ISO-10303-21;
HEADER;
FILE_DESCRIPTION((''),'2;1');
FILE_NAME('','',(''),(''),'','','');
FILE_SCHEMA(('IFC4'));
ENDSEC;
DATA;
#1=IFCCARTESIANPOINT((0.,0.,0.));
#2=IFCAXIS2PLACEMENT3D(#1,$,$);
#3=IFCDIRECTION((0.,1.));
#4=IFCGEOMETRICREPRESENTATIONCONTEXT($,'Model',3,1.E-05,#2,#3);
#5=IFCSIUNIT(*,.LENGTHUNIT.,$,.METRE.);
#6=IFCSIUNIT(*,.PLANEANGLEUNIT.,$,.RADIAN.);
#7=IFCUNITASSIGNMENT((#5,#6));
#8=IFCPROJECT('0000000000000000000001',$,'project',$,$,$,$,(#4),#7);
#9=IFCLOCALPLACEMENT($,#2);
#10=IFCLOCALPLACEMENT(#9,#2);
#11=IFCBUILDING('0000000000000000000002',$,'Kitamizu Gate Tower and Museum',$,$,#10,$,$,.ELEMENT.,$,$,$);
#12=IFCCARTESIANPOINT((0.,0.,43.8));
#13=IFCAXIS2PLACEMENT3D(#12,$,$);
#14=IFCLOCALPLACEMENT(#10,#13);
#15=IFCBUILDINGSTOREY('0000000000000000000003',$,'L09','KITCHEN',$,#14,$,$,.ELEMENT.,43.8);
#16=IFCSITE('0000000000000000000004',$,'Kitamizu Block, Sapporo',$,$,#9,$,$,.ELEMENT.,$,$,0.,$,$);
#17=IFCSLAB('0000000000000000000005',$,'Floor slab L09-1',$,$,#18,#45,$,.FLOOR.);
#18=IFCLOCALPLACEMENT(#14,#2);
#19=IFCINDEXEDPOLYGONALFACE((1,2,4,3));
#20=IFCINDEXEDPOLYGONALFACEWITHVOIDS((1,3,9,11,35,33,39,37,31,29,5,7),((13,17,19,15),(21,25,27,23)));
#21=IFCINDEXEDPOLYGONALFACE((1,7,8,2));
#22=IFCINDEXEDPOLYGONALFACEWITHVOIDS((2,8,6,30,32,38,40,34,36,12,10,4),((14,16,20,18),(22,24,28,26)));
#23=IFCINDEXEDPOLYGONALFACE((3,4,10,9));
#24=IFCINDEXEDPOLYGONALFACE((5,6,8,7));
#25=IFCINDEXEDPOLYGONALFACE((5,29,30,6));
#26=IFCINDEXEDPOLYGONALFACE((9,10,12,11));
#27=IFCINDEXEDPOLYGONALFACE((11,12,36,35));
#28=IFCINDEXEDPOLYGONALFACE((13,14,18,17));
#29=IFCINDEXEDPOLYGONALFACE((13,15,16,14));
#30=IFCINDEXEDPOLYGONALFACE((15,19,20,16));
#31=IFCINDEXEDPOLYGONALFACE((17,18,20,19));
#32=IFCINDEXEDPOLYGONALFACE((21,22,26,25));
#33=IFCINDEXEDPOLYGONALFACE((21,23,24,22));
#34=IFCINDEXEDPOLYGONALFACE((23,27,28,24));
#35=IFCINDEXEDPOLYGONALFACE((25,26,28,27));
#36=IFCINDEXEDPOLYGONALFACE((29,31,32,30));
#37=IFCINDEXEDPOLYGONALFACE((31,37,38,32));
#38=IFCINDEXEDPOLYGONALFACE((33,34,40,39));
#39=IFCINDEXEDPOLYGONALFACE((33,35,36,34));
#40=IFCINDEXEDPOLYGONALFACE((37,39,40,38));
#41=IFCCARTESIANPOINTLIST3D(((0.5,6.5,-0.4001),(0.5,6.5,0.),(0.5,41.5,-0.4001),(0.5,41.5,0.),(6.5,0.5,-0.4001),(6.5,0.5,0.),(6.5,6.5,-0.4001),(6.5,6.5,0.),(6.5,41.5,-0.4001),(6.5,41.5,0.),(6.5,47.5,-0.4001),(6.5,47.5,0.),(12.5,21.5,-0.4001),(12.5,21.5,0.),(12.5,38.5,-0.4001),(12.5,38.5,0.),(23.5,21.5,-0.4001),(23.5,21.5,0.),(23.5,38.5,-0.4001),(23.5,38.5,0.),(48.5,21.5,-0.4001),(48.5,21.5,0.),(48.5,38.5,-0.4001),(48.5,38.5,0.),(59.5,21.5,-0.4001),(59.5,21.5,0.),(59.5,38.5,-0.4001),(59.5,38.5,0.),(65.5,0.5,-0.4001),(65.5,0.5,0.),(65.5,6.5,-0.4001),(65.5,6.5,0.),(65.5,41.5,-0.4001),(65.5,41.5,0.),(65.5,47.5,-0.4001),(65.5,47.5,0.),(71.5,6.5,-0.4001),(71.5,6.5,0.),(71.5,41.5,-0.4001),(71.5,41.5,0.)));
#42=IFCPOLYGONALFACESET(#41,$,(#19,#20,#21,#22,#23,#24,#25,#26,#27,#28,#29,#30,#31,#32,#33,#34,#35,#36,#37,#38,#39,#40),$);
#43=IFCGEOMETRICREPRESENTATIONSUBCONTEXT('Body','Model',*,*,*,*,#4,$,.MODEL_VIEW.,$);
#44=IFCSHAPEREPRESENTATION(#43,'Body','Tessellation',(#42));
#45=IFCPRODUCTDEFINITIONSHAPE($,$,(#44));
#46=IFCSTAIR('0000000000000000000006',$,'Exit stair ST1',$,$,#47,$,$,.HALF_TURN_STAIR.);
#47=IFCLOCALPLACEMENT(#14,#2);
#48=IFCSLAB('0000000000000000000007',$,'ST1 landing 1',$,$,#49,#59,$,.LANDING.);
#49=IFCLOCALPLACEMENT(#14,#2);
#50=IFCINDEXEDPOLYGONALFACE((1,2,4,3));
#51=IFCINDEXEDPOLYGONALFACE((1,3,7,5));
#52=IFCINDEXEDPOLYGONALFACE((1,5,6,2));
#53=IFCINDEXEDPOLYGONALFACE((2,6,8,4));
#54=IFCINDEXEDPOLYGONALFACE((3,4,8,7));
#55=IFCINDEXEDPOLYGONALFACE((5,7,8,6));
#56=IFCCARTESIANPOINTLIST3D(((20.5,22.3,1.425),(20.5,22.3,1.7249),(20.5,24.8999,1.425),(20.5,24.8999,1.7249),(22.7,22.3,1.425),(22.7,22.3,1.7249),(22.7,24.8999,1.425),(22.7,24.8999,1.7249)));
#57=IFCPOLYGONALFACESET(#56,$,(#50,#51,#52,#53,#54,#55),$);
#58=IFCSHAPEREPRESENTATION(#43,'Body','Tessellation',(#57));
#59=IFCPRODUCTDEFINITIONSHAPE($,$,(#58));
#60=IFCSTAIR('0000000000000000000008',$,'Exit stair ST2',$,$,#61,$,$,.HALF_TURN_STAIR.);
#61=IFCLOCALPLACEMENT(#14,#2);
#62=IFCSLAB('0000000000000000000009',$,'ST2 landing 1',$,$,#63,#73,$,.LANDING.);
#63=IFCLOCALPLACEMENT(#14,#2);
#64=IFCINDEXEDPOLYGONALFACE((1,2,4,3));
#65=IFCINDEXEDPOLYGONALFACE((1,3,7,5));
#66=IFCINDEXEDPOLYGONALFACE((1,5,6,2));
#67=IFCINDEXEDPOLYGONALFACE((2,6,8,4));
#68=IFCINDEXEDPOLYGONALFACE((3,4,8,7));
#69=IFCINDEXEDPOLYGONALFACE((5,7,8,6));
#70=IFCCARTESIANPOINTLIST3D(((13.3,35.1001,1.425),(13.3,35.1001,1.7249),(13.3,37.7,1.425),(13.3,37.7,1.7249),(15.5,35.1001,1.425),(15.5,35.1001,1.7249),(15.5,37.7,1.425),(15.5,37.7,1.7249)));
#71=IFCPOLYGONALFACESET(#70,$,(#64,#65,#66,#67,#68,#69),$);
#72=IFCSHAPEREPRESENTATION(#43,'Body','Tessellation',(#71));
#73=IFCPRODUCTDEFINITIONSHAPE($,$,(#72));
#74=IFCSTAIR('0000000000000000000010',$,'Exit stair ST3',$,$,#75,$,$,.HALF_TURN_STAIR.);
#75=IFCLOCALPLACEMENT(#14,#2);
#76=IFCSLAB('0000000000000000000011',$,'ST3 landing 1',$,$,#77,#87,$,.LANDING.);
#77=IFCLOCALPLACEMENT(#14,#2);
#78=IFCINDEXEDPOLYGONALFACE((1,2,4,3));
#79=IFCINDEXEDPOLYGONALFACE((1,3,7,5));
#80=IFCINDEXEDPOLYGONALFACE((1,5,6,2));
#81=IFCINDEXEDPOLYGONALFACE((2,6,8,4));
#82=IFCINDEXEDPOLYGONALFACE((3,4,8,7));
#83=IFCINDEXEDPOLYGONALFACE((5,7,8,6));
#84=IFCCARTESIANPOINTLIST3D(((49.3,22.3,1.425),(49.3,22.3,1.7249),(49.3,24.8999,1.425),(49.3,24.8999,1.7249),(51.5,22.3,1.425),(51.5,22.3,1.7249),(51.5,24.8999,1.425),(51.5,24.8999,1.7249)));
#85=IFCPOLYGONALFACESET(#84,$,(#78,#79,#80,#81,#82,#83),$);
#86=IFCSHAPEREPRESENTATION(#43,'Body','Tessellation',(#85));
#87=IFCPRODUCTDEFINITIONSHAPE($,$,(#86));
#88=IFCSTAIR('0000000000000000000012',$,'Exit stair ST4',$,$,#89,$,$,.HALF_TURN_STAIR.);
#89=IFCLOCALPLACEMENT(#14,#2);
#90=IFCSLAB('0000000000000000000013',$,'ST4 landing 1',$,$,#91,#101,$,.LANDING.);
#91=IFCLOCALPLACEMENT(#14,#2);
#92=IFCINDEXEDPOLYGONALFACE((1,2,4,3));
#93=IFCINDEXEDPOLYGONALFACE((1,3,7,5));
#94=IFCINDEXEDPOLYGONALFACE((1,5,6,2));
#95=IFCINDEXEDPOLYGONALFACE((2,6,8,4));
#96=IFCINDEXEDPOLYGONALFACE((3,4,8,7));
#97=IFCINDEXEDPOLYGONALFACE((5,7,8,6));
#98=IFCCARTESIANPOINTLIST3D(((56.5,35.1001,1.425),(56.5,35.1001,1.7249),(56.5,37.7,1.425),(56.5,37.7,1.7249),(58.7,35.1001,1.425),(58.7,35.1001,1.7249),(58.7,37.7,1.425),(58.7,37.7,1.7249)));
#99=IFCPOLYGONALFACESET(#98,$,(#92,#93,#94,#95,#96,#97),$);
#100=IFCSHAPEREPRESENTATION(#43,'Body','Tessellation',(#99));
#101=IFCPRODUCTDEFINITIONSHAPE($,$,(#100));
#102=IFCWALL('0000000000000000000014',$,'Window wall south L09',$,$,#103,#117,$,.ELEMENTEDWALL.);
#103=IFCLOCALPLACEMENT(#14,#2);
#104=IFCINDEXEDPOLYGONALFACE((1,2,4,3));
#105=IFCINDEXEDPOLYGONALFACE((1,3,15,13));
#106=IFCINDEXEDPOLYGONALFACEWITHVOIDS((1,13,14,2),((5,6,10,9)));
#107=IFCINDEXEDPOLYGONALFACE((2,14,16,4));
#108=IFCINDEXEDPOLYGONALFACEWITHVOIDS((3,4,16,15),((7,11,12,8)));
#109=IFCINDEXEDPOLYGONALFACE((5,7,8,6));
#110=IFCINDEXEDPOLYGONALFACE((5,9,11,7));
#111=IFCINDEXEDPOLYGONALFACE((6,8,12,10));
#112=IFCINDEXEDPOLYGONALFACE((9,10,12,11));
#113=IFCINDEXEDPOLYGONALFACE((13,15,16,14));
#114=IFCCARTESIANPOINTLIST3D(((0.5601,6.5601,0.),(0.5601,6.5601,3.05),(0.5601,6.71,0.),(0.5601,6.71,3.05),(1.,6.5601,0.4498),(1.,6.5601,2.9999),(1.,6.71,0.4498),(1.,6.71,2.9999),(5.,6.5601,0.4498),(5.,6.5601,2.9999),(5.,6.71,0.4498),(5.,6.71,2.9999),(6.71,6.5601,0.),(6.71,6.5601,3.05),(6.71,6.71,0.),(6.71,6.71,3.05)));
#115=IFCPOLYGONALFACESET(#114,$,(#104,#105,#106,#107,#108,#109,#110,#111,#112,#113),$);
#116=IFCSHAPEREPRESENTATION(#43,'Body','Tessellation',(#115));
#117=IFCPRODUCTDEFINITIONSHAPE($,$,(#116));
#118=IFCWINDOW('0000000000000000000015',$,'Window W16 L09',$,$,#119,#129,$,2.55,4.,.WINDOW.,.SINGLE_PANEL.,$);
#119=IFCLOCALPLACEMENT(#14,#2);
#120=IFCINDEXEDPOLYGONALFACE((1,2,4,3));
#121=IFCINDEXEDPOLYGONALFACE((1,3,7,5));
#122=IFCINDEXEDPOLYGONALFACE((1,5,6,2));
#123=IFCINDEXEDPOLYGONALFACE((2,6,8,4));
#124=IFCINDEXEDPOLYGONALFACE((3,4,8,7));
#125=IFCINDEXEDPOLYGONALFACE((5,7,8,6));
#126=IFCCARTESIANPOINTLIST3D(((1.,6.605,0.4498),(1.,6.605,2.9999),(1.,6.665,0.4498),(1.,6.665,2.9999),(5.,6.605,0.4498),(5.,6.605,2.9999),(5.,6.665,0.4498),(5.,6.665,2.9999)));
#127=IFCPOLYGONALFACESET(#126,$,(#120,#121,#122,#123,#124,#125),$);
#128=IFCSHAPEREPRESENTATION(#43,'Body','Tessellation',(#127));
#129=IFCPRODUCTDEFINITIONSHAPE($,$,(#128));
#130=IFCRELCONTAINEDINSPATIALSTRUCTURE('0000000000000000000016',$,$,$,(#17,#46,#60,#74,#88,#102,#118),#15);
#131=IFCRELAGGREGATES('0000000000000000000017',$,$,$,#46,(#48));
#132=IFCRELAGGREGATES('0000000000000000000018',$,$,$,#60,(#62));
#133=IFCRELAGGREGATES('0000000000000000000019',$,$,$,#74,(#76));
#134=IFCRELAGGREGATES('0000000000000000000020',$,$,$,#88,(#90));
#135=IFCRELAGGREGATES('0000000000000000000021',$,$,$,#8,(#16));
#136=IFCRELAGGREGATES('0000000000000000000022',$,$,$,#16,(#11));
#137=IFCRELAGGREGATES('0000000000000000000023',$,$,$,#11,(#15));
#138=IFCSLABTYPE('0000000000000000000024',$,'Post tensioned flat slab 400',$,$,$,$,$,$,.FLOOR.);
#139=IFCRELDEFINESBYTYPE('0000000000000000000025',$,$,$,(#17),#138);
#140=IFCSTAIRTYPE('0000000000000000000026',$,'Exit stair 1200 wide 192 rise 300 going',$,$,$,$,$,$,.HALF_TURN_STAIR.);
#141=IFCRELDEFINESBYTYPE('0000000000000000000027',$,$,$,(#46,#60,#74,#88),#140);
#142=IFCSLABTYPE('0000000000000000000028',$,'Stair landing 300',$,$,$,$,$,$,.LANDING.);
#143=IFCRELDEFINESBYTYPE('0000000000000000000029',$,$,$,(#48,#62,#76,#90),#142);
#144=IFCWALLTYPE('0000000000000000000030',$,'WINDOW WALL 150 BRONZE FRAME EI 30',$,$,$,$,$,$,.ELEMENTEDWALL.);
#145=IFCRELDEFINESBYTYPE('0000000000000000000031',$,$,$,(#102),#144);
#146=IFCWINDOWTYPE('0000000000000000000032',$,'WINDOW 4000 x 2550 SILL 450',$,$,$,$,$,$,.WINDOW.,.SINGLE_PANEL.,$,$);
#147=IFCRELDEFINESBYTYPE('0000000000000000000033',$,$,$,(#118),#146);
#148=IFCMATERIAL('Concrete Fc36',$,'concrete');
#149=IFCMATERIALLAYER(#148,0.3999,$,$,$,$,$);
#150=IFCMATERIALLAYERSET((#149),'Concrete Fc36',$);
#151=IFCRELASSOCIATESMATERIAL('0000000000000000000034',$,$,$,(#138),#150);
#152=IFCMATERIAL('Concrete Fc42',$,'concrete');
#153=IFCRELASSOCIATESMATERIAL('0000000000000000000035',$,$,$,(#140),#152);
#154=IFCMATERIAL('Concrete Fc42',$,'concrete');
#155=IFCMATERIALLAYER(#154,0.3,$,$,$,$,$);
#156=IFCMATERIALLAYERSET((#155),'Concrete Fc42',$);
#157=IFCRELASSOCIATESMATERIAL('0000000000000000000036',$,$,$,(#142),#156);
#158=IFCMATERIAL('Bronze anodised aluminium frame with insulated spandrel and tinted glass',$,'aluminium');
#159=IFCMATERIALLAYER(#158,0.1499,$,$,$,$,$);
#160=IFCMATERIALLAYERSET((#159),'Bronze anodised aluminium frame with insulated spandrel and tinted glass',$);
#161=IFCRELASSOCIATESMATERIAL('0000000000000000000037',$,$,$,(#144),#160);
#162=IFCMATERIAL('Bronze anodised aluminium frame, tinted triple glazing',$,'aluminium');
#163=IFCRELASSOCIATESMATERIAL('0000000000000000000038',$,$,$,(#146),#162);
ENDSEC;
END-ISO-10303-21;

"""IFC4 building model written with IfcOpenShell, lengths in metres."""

from ifc_helpers import new_model, si_unit, direction, frame, frame_2d, origin, place, context, subcontext, project, spatial, polyline, rectangle, outline, extrude, material, layer, layer_set, type_object, element, fill, aggregate, save


model = new_model("IFC4")

# Units and contexts
model_context = context("Model", 3, precision=1e-05, world=origin(), true_north=direction((0.0, 1.0)))
body_context = subcontext(model_context, "Body", "Model", "MODEL_VIEW")
ifc_project = project(units=[si_unit("LENGTHUNIT", "METRE"), si_unit("PLANEANGLEUNIT", "RADIAN")], contexts=[model_context])

# Site, building, storey
site_placement = place(None, origin())
site = spatial("IfcSite", under=ifc_project, at=site_placement, Name="Kitamizu Block, Sapporo", CompositionType="ELEMENT", RefElevation=0.0)
building_placement = place(site_placement, origin())
building = spatial("IfcBuilding", under=site, at=building_placement, Name="Kitamizu Gate Tower and Museum", CompositionType="ELEMENT")
storey_placement = place(building_placement, frame((0.0, 0.0, 43.8)))
storey = spatial("IfcBuildingStorey", under=building, at=storey_placement, Name="L09", Description="KITCHEN", CompositionType="ELEMENT", Elevation=43.8)

# Slab
ifc_material_1 = material(Name="Concrete Fc36", Category="concrete")
ifc_layer_1 = layer(ifc_material_1, 0.3999)
ifc_layer_set_1 = layer_set([ifc_layer_1], Name="Concrete Fc36")
slab_type_1 = type_object("IfcSlabType", Name="Post tensioned flat slab 400", PredefinedType="FLOOR", material=ifc_layer_set_1)
slab_1_placement = place(storey_placement, frame((0.0, 0.0, -0.4001)))
element("IfcSlab", 1, at=slab_1_placement, inside=storey, type_object=slab_type_1, Name="Floor slab L09-1", PredefinedType="FLOOR", context=body_context, shape_type="SweptSolid", body=[
    extrude(outline(polyline([(0.5, 6.5), (0.5, 41.5), (6.5, 41.5), (6.5, 47.5), (65.5, 47.5), (65.5, 41.5), (71.5, 41.5), (71.5, 6.5), (65.5, 6.5), (65.5, 0.5), (6.5, 0.5), (6.5, 6.5), (0.5, 6.5)]), holes=[polyline([(59.5, 38.5), (48.5, 38.5), (48.5, 21.5), (59.5, 21.5), (59.5, 38.5)]), polyline([(12.5, 38.5), (12.5, 21.5), (23.5, 21.5), (23.5, 38.5), (12.5, 38.5)])]), origin(), (0.0, 0.0, 1.0), 0.4001),
])

# Stairs, slabs
ifc_material_2 = material(Name="Concrete Fc42", Category="concrete")
stair_type = type_object("IfcStairType", Name="Exit stair 1200 wide 192 rise 300 going", PredefinedType="HALF_TURN_STAIR", material=ifc_material_2)
stair_1_placement = place(storey_placement, origin())
stair_1 = element("IfcStair", 2, at=stair_1_placement, inside=storey, type_object=stair_type, Name="Exit stair ST1", PredefinedType="HALF_TURN_STAIR")
ifc_material_3 = material(Name="Concrete Fc42", Category="concrete")
ifc_layer_2 = layer(ifc_material_3, 0.3)
ifc_layer_set_2 = layer_set([ifc_layer_2], Name="Concrete Fc42")
slab_type_2 = type_object("IfcSlabType", Name="Stair landing 300", PredefinedType="LANDING", material=ifc_layer_set_2)
slab_2_placement = place(storey_placement, frame((0.0, 0.0, 1.425)))
slab_2 = element("IfcSlab", 3, at=slab_2_placement, type_object=slab_type_2, Name="ST1 landing 1", PredefinedType="LANDING", context=body_context, shape_type="SweptSolid", body=[
    extrude(outline(polyline([(20.5, 22.3), (22.7, 22.3), (22.7, 24.8999), (20.5, 24.8999), (20.5, 22.3)])), origin(), (0.0, 0.0, 1.0), 0.2998),
])
aggregate(stair_1, [slab_2])
stair_2_placement = place(storey_placement, origin())
stair_2 = element("IfcStair", 4, at=stair_2_placement, inside=storey, type_object=stair_type, Name="Exit stair ST2", PredefinedType="HALF_TURN_STAIR")
slab_3_placement = place(storey_placement, frame((0.0, 0.0, 1.425)))
slab_3 = element("IfcSlab", 5, at=slab_3_placement, type_object=slab_type_2, Name="ST2 landing 1", PredefinedType="LANDING", context=body_context, shape_type="SweptSolid", body=[
    extrude(outline(polyline([(13.3, 35.1001), (15.5, 35.1001), (15.5, 37.7), (13.3, 37.7), (13.3, 35.1001)])), origin(), (0.0, 0.0, 1.0), 0.2998),
])
aggregate(stair_2, [slab_3])
stair_3_placement = place(storey_placement, origin())
stair_3 = element("IfcStair", 6, at=stair_3_placement, inside=storey, type_object=stair_type, Name="Exit stair ST3", PredefinedType="HALF_TURN_STAIR")
slab_4_placement = place(storey_placement, frame((0.0, 0.0, 1.425)))
slab_4 = element("IfcSlab", 7, at=slab_4_placement, type_object=slab_type_2, Name="ST3 landing 1", PredefinedType="LANDING", context=body_context, shape_type="SweptSolid", body=[
    extrude(outline(polyline([(49.3, 22.3), (51.5, 22.3), (51.5, 24.8999), (49.3, 24.8999), (49.3, 22.3)])), origin(), (0.0, 0.0, 1.0), 0.2998),
])
aggregate(stair_3, [slab_4])
stair_4_placement = place(storey_placement, origin())
stair_4 = element("IfcStair", 8, at=stair_4_placement, inside=storey, type_object=stair_type, Name="Exit stair ST4", PredefinedType="HALF_TURN_STAIR")
slab_5_placement = place(storey_placement, frame((0.0, 0.0, 1.425)))
slab_5 = element("IfcSlab", 9, at=slab_5_placement, type_object=slab_type_2, Name="ST4 landing 1", PredefinedType="LANDING", context=body_context, shape_type="SweptSolid", body=[
    extrude(outline(polyline([(56.5, 35.1001), (58.7, 35.1001), (58.7, 37.7), (56.5, 37.7), (56.5, 35.1001)])), origin(), (0.0, 0.0, 1.0), 0.2998),
])
aggregate(stair_4, [slab_5])

# Shared definitions
ifc_material_4 = material(Name="Bronze anodised aluminium frame with insulated spandrel and tinted glass", Category="aluminium")
ifc_layer_3 = layer(ifc_material_4, 0.1499)
ifc_layer_set_3 = layer_set([ifc_layer_3], Name="Bronze anodised aluminium frame with insulated spandrel and tinted glass")
wall_type = type_object("IfcWallType", Name="WINDOW WALL 150 BRONZE FRAME EI 30", PredefinedType="ELEMENTEDWALL", material=ifc_layer_set_3)

# Wall, opening, window
wall_1_placement = place(storey_placement, frame((0.5601, 6.635, 0.0), z_axis=(0.0, 0.0, 1.0), x_axis=(1.0, 0.0, 0.0)))
wall_1 = element("IfcWall", 10, at=wall_1_placement, inside=storey, type_object=wall_type, Name="Window wall south L09", PredefinedType="ELEMENTEDWALL", context=body_context, shape_type="SweptSolid", body=[
    extrude(rectangle(XDim=6.1499, YDim=0.1499, at=frame_2d((3.075, 0.0))), origin(), (0.0, 0.0, 1.0), 3.05),
])
opening_1_placement = place(wall_1_placement, frame((0.4399, 0.0, 0.45)))
opening_1 = element("IfcOpeningElement", 11, at=opening_1_placement, cuts=wall_1, PredefinedType="OPENING", context=body_context, shape_type="SweptSolid", body=[
    extrude(rectangle(XDim=4.0, YDim=2.55, at=frame_2d((2.0, 1.2749))), frame((0.0, 0.085, 0.0), z_axis=(0.0, -1.0, 0.0), x_axis=(1.0, 0.0, 0.0)), (0.0, 0.0, 1.0), 0.1699),
])
ifc_material_5 = material(Name="Bronze anodised aluminium frame, tinted triple glazing", Category="aluminium")
window_type_1 = type_object("IfcWindowType", Name="WINDOW 4000 x 2550 SILL 450", PartitioningType="SINGLE_PANEL", PredefinedType="WINDOW", material=ifc_material_5)
window_1_placement = place(opening_1_placement, origin())
window_1 = element("IfcWindow", 12, at=window_1_placement, inside=storey, type_object=window_type_1, Name="Window W16 L09", OverallHeight=2.55, OverallWidth=4.0, PartitioningType="SINGLE_PANEL", PredefinedType="WINDOW", context=body_context, shape_type="SweptSolid", body=[
    extrude(rectangle(XDim=4.0, YDim=2.55, at=frame_2d((2.0, 1.2749))), frame((0.0, 0.03, 0.0), z_axis=(0.0, -1.0, 0.0), x_axis=(1.0, 0.0, 0.0)), (0.0, 0.0, 1.0), 0.0601),
])
fill(opening_1, window_1)

save(model, "model.ifc")
